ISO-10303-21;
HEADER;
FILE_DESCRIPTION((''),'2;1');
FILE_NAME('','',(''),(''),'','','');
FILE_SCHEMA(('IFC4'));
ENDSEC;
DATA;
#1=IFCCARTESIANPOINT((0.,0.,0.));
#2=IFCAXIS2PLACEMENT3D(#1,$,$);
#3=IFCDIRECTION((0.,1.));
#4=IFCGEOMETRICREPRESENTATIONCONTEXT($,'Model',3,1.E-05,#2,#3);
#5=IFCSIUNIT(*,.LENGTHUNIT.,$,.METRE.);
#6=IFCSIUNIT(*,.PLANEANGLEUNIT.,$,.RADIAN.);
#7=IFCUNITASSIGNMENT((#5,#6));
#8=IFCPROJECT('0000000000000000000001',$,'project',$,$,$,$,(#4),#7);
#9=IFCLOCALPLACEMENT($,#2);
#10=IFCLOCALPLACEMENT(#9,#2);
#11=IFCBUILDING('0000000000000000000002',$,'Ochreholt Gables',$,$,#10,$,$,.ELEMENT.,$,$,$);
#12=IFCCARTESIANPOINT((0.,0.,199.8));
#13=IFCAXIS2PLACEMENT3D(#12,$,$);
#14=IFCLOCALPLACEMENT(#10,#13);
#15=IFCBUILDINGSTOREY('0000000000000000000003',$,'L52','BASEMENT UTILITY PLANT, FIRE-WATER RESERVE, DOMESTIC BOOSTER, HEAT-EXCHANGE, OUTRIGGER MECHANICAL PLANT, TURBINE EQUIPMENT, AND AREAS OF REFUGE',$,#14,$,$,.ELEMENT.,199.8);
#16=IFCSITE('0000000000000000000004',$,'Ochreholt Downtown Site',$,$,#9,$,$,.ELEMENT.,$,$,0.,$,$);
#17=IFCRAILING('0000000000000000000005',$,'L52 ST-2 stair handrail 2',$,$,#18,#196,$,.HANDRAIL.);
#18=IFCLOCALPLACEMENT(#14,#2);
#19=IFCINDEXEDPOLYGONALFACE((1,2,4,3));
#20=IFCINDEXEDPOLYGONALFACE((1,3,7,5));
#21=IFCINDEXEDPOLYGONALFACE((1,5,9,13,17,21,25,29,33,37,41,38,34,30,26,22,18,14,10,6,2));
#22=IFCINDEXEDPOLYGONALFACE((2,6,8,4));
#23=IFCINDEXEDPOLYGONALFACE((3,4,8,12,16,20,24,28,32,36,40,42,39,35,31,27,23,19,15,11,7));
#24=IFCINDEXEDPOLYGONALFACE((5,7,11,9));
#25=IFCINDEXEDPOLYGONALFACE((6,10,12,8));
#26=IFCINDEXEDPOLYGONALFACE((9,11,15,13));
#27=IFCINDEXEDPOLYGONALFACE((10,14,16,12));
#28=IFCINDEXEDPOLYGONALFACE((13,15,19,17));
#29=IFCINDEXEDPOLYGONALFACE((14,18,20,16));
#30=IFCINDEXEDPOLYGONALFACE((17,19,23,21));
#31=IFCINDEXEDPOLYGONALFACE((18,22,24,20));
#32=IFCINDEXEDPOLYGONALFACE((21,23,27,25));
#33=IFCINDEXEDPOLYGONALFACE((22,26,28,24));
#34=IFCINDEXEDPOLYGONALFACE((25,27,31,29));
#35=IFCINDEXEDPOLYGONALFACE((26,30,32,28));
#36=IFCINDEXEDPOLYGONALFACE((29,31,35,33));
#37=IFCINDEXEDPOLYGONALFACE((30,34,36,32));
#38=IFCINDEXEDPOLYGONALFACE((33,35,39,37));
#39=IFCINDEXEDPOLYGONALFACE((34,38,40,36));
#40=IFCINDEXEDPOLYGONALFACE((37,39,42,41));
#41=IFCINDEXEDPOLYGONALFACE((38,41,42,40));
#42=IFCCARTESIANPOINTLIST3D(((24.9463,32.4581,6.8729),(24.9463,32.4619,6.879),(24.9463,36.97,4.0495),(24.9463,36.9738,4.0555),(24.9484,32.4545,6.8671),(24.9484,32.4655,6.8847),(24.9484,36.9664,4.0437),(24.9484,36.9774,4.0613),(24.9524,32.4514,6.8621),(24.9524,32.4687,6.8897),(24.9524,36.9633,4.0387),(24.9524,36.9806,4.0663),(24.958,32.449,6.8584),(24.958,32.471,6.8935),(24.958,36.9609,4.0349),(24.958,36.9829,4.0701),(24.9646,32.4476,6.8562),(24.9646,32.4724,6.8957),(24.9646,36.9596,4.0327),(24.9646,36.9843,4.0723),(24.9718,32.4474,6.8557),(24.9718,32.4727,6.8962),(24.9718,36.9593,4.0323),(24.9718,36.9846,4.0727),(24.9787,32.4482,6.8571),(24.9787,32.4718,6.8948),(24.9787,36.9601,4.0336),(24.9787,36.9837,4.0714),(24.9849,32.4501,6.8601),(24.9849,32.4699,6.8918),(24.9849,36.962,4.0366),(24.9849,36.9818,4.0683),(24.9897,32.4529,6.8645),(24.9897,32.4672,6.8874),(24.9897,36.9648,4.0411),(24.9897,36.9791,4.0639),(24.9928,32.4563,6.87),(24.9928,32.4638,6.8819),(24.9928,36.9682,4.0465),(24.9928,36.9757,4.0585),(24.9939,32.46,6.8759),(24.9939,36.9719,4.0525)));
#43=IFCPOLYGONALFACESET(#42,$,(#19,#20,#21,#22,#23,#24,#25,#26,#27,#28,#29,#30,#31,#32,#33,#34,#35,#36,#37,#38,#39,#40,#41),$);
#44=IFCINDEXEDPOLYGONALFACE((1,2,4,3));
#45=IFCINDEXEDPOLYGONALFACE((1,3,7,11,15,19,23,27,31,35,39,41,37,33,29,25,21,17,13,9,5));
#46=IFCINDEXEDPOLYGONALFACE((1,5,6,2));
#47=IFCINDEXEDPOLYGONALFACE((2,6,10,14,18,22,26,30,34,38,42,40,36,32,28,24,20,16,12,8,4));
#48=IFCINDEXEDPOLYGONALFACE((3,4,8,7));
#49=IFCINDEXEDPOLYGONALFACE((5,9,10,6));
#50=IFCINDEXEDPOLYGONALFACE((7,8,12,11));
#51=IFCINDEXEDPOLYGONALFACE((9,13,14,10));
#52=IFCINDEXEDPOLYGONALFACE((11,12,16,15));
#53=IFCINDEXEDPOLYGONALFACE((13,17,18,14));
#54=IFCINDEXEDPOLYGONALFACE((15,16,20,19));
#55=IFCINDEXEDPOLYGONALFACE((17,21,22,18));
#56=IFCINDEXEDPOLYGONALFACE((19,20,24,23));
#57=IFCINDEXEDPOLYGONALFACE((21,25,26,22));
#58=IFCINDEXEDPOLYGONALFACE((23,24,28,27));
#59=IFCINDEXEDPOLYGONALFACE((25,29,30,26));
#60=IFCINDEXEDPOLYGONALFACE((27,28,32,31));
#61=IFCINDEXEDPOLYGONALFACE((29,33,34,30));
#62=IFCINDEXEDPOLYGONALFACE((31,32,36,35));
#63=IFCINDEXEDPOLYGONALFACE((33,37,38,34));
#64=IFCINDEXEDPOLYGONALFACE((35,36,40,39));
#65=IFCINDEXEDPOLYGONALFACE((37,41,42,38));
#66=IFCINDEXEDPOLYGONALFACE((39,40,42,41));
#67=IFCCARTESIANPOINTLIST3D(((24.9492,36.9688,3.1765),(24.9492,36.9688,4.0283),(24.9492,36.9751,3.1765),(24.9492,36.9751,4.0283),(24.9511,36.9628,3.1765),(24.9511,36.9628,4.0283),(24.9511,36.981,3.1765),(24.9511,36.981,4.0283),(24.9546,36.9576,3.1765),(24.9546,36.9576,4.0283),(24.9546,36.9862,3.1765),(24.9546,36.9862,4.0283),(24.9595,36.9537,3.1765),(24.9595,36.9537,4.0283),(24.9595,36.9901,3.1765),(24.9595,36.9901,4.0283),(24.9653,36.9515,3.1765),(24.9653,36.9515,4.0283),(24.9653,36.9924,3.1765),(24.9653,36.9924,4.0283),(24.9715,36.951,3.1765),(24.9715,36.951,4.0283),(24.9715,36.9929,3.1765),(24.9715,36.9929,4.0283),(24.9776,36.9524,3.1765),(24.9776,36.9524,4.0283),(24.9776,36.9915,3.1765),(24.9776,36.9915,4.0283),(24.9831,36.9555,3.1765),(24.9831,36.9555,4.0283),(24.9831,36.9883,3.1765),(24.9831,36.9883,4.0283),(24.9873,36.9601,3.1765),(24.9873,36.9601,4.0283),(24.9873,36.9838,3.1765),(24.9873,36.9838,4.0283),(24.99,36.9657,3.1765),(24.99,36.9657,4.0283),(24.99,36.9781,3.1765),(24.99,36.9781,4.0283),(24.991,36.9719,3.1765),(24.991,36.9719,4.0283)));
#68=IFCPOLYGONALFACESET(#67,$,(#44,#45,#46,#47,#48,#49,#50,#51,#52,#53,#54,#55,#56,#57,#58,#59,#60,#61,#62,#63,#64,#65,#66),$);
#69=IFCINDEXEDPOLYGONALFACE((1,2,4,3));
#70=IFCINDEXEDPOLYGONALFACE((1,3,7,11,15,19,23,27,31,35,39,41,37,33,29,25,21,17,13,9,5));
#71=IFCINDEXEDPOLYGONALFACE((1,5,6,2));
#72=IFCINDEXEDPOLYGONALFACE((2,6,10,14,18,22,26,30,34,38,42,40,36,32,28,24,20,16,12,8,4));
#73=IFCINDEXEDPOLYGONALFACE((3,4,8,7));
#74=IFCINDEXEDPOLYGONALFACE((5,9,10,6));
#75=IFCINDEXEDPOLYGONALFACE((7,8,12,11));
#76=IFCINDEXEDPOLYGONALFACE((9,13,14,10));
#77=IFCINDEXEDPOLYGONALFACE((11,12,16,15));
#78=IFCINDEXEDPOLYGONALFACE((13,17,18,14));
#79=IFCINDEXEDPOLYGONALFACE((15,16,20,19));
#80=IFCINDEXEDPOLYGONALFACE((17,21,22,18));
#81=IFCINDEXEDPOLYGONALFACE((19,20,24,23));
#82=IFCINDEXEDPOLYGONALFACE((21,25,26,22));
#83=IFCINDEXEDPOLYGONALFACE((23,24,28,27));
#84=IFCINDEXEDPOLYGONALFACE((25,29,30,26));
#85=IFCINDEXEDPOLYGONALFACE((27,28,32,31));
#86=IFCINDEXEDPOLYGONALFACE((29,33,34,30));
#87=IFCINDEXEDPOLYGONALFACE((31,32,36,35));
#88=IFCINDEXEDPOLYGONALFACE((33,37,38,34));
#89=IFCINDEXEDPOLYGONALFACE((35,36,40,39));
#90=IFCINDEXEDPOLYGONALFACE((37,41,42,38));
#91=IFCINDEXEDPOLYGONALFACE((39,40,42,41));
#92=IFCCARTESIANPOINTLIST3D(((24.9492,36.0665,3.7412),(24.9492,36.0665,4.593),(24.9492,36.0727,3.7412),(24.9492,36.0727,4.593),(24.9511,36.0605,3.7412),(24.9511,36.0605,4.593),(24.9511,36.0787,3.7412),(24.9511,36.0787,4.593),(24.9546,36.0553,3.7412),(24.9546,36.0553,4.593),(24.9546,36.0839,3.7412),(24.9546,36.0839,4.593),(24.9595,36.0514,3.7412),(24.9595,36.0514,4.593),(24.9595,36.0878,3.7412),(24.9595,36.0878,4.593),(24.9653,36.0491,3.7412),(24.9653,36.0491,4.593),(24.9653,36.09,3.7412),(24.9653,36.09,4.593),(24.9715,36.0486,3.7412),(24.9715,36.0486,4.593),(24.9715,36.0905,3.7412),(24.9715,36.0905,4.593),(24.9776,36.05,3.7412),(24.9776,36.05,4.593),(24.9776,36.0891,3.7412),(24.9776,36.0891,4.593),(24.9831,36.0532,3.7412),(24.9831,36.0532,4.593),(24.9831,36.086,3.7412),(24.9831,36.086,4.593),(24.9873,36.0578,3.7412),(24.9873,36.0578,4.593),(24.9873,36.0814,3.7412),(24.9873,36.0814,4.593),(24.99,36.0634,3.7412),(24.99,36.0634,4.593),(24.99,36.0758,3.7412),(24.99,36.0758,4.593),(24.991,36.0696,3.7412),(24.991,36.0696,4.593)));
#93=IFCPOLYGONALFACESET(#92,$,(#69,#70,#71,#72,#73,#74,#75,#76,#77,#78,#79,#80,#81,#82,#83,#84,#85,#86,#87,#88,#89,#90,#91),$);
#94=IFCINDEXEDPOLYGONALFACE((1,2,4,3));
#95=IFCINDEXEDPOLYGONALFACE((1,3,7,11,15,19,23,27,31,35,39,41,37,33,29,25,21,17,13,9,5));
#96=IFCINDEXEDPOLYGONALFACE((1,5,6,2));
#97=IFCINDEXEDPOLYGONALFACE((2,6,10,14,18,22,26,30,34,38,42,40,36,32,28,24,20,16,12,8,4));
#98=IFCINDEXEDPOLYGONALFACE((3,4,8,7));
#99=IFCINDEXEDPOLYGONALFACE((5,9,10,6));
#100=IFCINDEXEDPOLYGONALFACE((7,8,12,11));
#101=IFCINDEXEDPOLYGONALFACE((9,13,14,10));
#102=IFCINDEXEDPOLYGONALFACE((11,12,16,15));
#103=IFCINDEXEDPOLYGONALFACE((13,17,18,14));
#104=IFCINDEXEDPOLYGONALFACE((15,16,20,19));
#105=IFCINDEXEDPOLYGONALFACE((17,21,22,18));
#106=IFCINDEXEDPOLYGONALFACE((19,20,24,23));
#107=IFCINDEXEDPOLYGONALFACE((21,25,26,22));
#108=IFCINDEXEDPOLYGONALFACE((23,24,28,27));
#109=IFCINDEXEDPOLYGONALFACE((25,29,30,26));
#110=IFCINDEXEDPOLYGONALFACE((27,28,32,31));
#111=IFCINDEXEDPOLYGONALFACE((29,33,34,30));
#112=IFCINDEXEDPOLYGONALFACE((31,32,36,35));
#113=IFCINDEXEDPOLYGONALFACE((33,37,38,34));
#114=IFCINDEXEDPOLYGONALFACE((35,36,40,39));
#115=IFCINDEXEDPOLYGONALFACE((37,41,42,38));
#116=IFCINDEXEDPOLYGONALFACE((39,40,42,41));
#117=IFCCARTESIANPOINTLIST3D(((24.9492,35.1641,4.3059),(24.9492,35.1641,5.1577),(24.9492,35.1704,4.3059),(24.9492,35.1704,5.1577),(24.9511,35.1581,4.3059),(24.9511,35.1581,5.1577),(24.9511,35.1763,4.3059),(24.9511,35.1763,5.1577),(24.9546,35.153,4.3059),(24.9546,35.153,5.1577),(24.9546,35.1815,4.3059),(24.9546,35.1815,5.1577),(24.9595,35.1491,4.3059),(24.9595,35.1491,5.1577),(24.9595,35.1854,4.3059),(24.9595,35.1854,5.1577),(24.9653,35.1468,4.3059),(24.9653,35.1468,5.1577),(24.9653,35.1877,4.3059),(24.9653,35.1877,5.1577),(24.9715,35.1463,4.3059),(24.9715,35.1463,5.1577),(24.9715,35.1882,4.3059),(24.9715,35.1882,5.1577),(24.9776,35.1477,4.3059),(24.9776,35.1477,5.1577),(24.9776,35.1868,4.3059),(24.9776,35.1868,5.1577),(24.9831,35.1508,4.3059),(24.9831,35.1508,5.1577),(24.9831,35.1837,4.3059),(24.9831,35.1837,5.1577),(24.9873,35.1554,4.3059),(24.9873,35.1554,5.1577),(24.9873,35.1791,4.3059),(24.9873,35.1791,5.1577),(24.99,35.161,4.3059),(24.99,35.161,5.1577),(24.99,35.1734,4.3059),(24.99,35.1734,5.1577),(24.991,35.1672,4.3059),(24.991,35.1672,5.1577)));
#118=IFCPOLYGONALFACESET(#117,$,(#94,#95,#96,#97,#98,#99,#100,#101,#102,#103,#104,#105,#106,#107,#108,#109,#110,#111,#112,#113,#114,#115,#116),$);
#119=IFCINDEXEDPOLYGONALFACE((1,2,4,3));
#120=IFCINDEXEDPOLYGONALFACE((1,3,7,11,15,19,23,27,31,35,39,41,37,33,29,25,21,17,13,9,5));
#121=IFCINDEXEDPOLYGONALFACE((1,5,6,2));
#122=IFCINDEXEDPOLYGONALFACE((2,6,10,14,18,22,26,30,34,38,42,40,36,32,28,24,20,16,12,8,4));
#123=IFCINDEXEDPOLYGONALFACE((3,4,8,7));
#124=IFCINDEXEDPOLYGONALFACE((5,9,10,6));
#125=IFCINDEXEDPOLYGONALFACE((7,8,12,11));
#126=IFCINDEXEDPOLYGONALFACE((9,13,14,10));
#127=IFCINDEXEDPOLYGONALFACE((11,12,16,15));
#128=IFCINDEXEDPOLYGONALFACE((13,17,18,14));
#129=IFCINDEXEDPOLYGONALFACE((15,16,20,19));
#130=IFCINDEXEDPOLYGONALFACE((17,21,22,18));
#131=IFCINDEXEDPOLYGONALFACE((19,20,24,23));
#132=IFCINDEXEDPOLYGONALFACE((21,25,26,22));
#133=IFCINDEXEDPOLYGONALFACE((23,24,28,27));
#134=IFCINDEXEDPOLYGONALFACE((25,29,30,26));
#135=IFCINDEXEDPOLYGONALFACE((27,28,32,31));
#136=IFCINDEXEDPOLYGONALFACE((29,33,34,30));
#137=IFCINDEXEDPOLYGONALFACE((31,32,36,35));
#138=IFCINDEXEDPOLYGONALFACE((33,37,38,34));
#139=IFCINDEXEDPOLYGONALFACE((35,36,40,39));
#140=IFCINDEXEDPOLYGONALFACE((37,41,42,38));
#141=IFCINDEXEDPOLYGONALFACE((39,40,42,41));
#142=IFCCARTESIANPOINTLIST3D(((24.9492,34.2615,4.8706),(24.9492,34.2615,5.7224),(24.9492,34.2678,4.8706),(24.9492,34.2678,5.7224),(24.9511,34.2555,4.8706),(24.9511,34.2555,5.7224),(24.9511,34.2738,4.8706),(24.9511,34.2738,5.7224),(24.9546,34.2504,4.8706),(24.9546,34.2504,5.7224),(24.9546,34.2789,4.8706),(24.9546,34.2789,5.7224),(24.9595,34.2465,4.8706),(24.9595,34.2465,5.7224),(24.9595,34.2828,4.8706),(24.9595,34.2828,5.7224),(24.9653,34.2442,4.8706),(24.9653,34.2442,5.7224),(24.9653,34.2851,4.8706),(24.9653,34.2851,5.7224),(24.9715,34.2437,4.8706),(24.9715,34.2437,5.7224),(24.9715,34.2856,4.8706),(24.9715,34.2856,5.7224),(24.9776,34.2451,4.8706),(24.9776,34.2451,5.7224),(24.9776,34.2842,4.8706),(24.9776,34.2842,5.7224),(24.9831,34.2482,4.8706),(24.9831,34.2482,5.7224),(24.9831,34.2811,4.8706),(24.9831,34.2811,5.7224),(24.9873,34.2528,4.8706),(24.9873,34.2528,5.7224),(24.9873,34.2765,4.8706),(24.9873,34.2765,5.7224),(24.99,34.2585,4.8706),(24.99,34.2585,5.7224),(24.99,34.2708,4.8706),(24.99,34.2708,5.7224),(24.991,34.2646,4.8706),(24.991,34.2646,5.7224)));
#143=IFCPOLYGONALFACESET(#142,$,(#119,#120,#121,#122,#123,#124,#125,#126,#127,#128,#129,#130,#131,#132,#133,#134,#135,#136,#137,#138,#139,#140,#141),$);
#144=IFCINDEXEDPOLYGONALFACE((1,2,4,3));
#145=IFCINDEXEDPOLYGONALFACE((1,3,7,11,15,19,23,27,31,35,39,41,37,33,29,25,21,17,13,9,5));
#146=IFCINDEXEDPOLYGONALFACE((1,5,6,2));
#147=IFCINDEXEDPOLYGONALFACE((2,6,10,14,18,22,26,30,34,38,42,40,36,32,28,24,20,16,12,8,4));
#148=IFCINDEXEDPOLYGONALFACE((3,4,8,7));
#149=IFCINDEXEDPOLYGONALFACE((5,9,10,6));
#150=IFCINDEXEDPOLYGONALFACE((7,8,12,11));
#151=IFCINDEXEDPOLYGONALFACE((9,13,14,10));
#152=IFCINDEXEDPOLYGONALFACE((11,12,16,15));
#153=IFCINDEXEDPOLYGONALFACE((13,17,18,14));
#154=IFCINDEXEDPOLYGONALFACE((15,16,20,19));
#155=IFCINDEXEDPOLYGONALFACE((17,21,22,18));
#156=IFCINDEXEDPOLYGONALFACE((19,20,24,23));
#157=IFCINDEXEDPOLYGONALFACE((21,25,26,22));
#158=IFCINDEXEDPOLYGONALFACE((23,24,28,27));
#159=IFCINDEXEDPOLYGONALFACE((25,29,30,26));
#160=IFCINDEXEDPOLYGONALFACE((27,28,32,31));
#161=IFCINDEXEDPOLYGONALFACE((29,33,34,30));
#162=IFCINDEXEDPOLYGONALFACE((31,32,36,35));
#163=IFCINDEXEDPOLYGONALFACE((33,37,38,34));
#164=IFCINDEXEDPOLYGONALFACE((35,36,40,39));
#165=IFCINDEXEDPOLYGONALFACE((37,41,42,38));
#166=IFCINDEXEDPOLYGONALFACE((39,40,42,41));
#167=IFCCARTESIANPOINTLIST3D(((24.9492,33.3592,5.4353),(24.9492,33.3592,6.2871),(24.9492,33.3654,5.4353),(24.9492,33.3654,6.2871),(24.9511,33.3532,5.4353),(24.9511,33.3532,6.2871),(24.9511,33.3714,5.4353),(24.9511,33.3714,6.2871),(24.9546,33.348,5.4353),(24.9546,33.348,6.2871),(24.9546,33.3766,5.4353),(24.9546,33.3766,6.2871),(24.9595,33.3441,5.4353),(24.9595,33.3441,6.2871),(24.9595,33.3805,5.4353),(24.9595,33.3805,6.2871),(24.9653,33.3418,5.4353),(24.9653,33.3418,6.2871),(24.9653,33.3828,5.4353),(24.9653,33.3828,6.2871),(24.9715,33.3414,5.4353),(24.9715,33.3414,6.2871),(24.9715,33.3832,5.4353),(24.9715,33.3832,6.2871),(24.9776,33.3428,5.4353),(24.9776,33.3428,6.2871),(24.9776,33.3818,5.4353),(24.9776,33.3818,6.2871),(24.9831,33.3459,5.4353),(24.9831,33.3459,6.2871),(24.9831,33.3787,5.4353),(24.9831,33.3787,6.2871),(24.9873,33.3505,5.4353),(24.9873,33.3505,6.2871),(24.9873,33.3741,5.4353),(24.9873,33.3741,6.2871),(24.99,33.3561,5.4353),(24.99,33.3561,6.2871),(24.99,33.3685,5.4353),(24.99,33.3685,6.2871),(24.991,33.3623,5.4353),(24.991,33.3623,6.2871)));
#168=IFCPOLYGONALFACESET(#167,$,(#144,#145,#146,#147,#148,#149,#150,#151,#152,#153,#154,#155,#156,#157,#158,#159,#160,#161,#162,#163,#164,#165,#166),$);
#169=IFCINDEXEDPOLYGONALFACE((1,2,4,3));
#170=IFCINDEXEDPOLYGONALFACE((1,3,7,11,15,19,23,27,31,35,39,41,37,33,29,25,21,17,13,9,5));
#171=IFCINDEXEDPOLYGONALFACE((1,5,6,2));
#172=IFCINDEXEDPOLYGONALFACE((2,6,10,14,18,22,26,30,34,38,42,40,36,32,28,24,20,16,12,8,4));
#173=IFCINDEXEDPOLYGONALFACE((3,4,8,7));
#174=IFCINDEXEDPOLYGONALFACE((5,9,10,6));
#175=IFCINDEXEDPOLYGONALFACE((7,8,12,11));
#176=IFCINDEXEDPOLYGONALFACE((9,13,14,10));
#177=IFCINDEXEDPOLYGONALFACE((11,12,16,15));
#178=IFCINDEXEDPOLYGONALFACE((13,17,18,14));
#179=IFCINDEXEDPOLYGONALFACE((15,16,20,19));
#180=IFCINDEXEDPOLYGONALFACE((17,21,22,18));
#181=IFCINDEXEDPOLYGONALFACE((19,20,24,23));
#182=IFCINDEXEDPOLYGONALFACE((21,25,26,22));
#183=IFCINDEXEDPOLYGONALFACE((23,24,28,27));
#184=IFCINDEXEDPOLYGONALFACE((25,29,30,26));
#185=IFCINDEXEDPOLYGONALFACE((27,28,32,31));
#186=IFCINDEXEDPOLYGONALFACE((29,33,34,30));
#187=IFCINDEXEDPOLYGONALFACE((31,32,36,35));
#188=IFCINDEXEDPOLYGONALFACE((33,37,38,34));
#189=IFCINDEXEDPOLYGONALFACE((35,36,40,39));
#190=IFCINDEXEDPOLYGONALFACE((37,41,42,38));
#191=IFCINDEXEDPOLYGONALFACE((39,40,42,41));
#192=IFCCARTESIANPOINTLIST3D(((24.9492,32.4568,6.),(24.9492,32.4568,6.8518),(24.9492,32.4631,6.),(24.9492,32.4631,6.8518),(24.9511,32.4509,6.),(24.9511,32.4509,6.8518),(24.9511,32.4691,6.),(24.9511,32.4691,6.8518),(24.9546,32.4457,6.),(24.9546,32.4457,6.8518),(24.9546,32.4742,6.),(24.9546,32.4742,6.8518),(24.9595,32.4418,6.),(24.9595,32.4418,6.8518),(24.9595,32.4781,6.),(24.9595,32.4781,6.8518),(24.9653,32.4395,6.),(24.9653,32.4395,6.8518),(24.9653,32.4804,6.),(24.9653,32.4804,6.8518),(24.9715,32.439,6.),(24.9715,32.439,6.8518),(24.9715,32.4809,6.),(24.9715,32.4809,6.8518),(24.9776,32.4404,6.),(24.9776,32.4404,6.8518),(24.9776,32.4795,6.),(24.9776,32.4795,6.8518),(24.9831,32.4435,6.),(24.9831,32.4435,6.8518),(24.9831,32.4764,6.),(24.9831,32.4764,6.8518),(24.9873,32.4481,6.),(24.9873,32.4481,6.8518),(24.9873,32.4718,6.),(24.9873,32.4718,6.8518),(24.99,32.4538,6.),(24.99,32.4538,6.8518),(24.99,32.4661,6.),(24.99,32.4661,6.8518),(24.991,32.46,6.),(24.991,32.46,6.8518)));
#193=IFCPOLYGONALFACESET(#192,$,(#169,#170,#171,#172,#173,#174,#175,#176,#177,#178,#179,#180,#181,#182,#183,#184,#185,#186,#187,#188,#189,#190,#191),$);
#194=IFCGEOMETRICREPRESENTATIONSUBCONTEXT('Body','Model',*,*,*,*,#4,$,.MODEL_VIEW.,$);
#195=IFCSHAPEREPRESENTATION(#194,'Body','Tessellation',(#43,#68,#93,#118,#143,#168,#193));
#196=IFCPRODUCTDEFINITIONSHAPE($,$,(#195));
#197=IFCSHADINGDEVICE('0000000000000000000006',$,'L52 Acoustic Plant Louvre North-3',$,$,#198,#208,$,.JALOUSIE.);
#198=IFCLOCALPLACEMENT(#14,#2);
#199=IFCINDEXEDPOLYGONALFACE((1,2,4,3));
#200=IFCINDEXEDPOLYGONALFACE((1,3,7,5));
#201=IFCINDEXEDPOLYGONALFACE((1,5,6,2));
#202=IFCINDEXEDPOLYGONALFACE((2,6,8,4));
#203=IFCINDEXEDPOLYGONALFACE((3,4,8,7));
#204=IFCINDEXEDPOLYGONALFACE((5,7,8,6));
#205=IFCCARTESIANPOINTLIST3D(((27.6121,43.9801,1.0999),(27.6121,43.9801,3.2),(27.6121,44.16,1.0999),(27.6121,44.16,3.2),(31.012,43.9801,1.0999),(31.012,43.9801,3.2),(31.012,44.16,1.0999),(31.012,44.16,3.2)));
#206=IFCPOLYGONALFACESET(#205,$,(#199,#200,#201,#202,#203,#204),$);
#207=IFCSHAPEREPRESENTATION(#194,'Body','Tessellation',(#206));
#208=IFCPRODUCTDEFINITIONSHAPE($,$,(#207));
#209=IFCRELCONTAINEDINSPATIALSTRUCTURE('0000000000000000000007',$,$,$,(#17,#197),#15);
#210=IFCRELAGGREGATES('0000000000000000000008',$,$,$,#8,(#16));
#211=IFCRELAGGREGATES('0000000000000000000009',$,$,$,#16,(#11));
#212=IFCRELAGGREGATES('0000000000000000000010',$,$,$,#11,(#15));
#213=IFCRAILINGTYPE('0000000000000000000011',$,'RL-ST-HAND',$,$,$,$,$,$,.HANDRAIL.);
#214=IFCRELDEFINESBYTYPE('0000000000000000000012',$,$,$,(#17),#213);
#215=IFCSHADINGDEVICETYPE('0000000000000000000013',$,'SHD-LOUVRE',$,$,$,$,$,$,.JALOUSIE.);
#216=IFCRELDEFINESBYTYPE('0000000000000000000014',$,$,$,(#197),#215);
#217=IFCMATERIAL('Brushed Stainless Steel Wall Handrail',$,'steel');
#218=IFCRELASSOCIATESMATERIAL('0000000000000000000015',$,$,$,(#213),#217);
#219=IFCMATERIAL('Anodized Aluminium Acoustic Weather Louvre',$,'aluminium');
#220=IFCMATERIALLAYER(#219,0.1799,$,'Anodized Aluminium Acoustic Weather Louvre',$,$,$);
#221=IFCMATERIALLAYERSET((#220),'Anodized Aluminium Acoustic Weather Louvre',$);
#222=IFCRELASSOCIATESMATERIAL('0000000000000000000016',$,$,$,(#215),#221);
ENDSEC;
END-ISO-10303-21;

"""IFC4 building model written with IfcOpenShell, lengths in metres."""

from ifc_helpers import new_model, si_unit, direction, frame, origin, origin_2d, place, context, subcontext, project, spatial, rectangle, circle, extrude, material, layer, layer_set, type_object, element, save


model = new_model("IFC4")

# Units and contexts
model_context = context("Model", 3, precision=1e-05, world=origin(), true_north=direction((0.0, 1.0)))
body_context = subcontext(model_context, "Body", "Model", "MODEL_VIEW")
ifc_project = project(units=[si_unit("LENGTHUNIT", "METRE"), si_unit("PLANEANGLEUNIT", "RADIAN")], contexts=[model_context])

# Site, building, storey
site_placement = place(None, origin())
site = spatial("IfcSite", under=ifc_project, at=site_placement, Name="Ochreholt Downtown Site", CompositionType="ELEMENT", RefElevation=0.0)
building_placement = place(site_placement, origin())
building = spatial("IfcBuilding", under=site, at=building_placement, Name="Ochreholt Gables", CompositionType="ELEMENT")
storey_placement = place(building_placement, frame((0.0, 0.0, 199.8)))
storey = spatial("IfcBuildingStorey", under=building, at=storey_placement, Name="L52", Description="BASEMENT UTILITY PLANT, FIRE-WATER RESERVE, DOMESTIC BOOSTER, HEAT-EXCHANGE, OUTRIGGER MECHANICAL PLANT, TURBINE EQUIPMENT, AND AREAS OF REFUGE", CompositionType="ELEMENT", Elevation=199.8)

# Railing
ifc_material_1 = material(Name="Brushed Stainless Steel Wall Handrail", Category="steel")
railing_type_1 = type_object("IfcRailingType", Name="RL-ST-HAND", PredefinedType="HANDRAIL", material=ifc_material_1)
railing_1_placement = place(storey_placement, frame((24.97, 36.9719, 3.1765)))
element("IfcRailing", 1, at=railing_1_placement, inside=storey, type_object=railing_type_1, Name="L52 ST-2 stair handrail 2", PredefinedType="HANDRAIL", context=body_context, shape_type="SweptSolid", body=[
    extrude(circle(Radius=0.0239, at=origin_2d()), frame((0.0, 0.0, 0.876), z_axis=(0.0, -0.847702, 0.530473), x_axis=(1.0, 0.0, 0.0)), (0.0, 0.0, 1.0), 5.3225),
    extrude(circle(Radius=0.021, at=origin_2d()), origin(), (0.0, 0.0, 1.0), 0.8518),
    extrude(circle(Radius=0.021, at=origin_2d()), frame((0.0, -0.9023, 0.5647)), (0.0, 0.0, 1.0), 0.8518),
    extrude(circle(Radius=0.021, at=origin_2d()), frame((0.0, -1.8047, 1.1294)), (0.0, 0.0, 1.0), 0.8518),
    extrude(circle(Radius=0.021, at=origin_2d()), frame((0.0, -2.7073, 1.6941)), (0.0, 0.0, 1.0), 0.8518),
    extrude(circle(Radius=0.021, at=origin_2d()), frame((0.0, -3.6096, 2.2588)), (0.0, 0.0, 1.0), 0.8518),
    extrude(circle(Radius=0.021, at=origin_2d()), frame((0.0, -4.512, 2.8235)), (0.0, 0.0, 1.0), 0.8518),
])

# Shading device
ifc_material_2 = material(Name="Anodized Aluminium Acoustic Weather Louvre", Category="aluminium")
ifc_layer_1 = layer(ifc_material_2, 0.1799, Name="Anodized Aluminium Acoustic Weather Louvre")
ifc_layer_set_1 = layer_set([ifc_layer_1], Name="Anodized Aluminium Acoustic Weather Louvre")
shading_device_type = type_object("IfcShadingDeviceType", Name="SHD-LOUVRE", PredefinedType="JALOUSIE", material=ifc_layer_set_1)
for number, where, z_axis, x_axis, name in (
    (2, (29.312, 44.0701, 1.0999), (0.0, 0.0, 1.0), (-1.0, 0.0, 0.0), "L52 Acoustic Plant Louvre North-3"),
):
    element("IfcShadingDevice", number, at=place(storey_placement, frame(where, z_axis=z_axis, x_axis=x_axis)), inside=storey, type_object=shading_device_type, Name=name, PredefinedType="JALOUSIE", context=body_context, shape_type="SweptSolid", body=[
        extrude(rectangle(XDim=3.3999, YDim=0.1799, at=origin_2d()), origin(), (0.0, 0.0, 1.0), 2.1001),
    ])

save(model, "model.ifc")
